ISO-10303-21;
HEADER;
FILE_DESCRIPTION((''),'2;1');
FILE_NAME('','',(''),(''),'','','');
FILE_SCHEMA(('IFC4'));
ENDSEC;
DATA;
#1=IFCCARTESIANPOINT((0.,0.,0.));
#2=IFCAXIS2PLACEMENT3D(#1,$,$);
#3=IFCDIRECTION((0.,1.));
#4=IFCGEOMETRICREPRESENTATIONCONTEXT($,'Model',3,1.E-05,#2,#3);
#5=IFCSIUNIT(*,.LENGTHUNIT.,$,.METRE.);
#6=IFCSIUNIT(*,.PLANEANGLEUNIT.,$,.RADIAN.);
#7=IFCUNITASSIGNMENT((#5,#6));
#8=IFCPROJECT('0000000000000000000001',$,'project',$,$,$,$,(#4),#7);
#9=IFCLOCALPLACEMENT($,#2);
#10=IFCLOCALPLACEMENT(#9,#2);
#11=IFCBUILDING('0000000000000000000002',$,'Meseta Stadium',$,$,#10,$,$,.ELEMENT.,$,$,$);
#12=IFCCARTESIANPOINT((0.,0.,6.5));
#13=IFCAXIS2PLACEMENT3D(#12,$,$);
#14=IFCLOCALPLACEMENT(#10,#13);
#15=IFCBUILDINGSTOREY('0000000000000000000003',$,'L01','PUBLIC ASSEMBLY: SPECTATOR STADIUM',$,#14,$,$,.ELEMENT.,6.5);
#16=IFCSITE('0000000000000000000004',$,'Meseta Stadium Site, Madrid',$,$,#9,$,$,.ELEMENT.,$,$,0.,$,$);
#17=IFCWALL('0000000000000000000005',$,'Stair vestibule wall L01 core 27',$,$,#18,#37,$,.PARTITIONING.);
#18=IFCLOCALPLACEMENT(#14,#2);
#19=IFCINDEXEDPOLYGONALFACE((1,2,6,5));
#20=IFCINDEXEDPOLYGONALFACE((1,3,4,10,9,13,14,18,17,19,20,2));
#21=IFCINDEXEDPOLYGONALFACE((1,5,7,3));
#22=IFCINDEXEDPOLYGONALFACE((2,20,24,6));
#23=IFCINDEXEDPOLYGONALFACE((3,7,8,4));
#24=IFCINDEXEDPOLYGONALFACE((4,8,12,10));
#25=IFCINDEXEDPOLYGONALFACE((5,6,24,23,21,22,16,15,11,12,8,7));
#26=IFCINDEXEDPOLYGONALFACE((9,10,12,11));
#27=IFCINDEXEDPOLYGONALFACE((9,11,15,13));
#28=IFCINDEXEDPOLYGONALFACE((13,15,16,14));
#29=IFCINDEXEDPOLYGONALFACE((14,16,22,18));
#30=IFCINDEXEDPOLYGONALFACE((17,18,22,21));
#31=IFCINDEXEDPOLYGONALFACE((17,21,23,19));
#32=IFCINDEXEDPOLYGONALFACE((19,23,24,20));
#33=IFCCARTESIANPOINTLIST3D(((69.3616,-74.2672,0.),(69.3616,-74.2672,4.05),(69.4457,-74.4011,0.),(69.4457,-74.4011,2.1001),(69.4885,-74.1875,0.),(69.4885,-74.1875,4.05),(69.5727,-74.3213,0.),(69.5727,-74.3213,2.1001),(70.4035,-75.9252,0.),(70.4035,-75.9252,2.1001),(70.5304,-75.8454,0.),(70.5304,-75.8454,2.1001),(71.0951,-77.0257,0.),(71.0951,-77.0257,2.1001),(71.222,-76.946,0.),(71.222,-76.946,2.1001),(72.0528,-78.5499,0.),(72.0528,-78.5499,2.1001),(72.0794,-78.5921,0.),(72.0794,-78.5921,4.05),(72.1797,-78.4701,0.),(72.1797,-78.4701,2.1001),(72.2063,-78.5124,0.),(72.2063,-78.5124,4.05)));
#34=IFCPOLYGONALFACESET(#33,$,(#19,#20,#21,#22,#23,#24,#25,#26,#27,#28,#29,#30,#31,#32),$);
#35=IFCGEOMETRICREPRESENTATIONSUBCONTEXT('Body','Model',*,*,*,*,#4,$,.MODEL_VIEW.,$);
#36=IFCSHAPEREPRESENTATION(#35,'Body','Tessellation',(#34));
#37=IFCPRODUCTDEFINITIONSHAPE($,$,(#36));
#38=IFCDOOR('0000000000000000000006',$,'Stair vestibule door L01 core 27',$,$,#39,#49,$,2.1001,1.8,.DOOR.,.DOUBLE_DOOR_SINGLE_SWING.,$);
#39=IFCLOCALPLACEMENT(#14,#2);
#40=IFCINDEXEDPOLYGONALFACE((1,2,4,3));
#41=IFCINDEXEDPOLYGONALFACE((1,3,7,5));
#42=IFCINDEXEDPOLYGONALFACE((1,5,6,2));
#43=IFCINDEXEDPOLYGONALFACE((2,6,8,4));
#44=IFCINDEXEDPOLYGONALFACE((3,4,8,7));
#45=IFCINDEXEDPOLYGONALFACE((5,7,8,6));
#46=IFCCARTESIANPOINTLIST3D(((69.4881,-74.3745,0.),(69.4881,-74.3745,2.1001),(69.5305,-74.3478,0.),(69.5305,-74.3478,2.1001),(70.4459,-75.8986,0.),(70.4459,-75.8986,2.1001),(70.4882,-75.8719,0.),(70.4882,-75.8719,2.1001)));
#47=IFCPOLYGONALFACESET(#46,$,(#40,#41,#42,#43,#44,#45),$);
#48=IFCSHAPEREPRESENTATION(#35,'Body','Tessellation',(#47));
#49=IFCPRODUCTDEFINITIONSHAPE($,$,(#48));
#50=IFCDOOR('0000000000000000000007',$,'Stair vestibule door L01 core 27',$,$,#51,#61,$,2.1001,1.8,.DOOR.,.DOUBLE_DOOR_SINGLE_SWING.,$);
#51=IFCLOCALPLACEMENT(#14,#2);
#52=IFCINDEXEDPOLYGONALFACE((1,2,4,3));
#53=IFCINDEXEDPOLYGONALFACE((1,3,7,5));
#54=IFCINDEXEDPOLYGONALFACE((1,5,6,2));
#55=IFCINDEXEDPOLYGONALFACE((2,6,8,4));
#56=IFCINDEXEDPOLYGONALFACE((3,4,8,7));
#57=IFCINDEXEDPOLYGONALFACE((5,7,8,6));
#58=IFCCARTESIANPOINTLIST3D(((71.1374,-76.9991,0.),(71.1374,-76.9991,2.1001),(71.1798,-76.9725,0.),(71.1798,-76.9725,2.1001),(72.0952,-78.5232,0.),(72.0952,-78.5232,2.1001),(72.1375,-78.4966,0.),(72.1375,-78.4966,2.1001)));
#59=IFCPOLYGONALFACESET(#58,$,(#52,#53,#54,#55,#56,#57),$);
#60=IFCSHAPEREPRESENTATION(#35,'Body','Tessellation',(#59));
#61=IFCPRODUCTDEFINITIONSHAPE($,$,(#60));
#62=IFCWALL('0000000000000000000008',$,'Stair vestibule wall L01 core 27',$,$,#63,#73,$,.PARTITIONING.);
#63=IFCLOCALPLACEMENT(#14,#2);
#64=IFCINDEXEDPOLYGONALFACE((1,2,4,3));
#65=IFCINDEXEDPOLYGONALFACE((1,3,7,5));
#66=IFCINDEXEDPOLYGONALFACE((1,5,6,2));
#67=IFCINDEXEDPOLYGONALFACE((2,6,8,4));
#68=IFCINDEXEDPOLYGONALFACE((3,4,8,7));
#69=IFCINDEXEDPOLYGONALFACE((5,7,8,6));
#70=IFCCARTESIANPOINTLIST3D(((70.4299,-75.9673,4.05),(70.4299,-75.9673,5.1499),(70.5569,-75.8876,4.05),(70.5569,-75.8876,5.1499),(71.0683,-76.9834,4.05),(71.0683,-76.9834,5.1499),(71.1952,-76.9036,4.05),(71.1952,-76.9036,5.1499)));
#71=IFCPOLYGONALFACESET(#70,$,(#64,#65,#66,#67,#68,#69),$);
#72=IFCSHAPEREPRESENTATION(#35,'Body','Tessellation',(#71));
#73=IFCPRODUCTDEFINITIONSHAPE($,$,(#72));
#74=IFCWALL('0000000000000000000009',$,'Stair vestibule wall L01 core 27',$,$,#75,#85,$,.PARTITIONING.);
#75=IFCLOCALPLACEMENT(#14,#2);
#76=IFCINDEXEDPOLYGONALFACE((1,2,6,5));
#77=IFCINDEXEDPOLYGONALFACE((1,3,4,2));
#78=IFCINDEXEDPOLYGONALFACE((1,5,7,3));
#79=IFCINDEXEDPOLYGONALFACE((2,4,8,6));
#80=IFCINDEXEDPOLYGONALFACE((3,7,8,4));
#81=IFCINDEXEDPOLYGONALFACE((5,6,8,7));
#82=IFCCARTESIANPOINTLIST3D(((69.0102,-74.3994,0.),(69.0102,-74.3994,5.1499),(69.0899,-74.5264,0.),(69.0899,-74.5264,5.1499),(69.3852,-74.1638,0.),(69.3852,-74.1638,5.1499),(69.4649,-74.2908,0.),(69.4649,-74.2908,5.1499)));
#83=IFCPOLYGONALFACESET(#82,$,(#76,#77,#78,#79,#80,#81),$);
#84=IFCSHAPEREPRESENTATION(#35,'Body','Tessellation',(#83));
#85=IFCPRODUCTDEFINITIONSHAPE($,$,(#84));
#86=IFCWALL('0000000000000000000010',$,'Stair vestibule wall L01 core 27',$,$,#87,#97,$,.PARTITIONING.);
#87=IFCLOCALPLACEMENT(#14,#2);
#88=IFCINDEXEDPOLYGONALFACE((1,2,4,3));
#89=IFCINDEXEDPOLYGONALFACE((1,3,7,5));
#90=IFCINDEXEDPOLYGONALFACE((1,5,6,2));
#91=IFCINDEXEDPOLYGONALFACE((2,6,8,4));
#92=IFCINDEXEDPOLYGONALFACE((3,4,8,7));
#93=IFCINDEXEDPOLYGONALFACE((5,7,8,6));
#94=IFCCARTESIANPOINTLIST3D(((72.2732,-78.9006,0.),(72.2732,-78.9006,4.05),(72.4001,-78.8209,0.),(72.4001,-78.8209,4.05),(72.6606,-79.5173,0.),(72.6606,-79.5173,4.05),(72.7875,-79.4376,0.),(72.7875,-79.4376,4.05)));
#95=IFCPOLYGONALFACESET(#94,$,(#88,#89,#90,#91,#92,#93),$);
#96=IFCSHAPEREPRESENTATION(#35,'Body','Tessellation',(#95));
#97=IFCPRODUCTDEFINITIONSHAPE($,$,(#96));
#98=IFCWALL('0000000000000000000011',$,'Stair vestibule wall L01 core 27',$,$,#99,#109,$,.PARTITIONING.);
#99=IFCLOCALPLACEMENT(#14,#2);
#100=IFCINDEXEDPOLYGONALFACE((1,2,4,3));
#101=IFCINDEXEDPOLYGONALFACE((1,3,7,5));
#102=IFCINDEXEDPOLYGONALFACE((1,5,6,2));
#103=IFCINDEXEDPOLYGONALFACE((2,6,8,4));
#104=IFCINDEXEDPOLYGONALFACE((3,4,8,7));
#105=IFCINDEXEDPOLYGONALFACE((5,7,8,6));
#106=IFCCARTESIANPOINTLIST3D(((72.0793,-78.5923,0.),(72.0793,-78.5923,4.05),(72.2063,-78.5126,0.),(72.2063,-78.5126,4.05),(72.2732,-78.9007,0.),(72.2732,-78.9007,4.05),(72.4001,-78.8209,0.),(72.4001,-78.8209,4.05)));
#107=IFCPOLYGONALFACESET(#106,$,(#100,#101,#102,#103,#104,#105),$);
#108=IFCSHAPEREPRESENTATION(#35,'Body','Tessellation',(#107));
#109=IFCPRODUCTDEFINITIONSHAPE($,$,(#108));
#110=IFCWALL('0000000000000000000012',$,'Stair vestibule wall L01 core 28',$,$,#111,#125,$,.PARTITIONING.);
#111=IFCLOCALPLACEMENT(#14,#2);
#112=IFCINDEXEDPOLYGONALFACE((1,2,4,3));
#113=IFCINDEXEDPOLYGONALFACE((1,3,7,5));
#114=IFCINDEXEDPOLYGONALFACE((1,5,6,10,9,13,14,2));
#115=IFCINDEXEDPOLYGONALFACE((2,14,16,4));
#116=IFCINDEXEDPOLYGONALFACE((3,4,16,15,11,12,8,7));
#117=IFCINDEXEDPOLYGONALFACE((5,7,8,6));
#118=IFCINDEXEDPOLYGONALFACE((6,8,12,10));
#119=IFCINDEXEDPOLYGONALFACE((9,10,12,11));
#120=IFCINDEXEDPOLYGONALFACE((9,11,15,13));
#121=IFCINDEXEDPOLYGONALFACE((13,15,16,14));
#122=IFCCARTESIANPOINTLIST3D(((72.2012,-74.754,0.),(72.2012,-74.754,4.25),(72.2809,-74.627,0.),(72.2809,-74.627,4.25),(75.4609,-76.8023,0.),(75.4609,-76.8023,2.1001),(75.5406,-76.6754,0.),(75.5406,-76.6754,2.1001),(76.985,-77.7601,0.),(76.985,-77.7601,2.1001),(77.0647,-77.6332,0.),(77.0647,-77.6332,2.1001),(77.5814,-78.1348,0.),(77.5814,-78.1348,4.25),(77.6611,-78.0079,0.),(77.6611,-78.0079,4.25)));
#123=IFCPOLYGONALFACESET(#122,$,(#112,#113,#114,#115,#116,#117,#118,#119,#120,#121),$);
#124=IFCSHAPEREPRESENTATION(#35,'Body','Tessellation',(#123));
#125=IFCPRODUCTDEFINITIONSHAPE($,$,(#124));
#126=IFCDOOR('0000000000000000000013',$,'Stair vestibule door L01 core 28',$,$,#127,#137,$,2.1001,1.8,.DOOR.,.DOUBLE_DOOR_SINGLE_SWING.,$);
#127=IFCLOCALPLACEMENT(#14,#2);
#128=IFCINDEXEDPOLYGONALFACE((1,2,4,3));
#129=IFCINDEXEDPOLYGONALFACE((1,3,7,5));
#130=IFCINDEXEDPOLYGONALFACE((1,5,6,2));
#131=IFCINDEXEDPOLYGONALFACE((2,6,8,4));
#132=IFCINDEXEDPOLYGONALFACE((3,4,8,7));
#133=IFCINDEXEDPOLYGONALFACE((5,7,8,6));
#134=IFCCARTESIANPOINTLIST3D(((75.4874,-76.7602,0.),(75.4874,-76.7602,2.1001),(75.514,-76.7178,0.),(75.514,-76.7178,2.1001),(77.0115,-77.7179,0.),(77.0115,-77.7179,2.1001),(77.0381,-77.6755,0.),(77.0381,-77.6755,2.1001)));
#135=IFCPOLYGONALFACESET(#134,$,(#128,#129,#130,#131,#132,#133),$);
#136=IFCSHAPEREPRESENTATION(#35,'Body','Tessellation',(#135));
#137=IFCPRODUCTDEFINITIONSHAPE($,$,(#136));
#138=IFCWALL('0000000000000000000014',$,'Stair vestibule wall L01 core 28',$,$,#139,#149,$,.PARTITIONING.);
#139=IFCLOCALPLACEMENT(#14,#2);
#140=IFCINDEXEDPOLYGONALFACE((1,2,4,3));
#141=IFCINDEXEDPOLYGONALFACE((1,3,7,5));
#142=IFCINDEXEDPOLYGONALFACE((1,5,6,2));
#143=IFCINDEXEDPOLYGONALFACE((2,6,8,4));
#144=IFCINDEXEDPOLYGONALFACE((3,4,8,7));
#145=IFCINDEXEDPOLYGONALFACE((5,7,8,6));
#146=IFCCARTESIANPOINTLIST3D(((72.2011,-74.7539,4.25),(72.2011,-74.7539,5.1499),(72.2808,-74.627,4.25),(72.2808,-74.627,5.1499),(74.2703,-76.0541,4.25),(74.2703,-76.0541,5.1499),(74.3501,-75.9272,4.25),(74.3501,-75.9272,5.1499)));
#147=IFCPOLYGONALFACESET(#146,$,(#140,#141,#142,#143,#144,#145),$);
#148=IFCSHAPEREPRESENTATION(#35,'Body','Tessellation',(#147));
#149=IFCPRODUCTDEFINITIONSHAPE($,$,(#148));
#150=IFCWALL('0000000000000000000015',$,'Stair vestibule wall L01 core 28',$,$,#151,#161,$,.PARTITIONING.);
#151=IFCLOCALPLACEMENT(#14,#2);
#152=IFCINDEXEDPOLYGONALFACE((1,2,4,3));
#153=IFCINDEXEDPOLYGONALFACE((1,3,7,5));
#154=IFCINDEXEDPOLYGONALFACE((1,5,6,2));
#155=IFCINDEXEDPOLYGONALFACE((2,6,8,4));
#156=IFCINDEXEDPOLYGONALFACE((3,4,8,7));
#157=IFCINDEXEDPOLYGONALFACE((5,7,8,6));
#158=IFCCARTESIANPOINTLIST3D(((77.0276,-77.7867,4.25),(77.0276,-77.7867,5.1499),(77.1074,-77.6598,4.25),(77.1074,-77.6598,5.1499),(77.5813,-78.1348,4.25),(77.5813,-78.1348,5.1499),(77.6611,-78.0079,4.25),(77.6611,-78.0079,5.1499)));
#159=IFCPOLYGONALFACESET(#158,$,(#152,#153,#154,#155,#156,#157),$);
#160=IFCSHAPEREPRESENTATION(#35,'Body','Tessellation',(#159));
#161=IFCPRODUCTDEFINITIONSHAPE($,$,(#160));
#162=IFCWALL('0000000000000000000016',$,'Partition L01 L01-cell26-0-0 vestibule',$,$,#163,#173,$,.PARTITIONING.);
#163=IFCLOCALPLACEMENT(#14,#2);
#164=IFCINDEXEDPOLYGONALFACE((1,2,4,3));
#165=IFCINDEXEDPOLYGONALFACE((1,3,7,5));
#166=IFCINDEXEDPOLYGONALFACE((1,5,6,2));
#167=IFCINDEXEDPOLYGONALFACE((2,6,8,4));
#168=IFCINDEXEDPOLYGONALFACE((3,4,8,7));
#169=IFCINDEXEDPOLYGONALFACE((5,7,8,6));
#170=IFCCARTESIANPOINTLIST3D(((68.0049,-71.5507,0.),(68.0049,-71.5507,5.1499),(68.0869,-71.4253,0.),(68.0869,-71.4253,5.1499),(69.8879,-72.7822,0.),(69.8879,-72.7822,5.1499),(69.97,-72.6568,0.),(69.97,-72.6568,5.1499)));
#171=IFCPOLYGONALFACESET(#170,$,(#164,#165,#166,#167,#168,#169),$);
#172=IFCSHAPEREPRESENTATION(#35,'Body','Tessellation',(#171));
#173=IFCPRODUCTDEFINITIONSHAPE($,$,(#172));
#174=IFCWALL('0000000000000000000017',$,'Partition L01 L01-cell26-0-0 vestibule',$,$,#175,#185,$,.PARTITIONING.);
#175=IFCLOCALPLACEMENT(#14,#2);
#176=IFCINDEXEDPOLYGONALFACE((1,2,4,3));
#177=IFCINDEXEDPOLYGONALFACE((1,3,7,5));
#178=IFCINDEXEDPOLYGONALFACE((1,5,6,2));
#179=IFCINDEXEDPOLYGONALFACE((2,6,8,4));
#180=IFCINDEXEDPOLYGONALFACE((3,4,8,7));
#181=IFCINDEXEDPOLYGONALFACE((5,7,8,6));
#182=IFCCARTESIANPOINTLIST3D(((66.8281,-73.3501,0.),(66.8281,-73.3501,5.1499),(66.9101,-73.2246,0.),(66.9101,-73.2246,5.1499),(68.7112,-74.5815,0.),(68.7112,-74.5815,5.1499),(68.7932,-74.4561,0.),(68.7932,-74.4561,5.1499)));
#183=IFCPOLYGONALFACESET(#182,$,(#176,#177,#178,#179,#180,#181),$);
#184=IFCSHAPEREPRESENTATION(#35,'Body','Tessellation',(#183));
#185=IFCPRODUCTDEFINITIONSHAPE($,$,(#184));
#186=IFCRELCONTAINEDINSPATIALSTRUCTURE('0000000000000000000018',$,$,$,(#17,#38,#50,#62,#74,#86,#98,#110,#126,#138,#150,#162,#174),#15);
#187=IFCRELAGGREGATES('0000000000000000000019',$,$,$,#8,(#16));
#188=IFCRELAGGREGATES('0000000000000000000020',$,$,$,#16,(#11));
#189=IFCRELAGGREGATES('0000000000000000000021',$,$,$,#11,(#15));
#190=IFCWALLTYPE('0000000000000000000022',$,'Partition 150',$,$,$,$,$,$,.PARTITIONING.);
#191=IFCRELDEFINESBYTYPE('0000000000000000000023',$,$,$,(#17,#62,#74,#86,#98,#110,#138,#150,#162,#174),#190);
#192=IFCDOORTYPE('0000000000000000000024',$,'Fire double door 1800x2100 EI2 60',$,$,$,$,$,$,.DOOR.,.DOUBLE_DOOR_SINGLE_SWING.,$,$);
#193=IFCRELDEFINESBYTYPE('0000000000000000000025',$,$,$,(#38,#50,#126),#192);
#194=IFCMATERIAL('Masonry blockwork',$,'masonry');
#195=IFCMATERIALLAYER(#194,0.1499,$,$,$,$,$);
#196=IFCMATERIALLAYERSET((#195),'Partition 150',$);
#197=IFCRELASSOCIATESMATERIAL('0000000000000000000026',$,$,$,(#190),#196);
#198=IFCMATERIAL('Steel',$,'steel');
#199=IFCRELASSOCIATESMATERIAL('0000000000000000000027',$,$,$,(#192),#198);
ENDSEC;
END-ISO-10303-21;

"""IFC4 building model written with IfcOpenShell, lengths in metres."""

from ifc_helpers import new_model, si_unit, direction, frame, frame_2d, origin, place, context, subcontext, project, spatial, rectangle, extrude, material, layer, layer_set, type_object, element, fill, save


model = new_model("IFC4")

# Units and contexts
model_context = context("Model", 3, precision=1e-05, world=origin(), true_north=direction((0.0, 1.0)))
body_context = subcontext(model_context, "Body", "Model", "MODEL_VIEW")
ifc_project = project(units=[si_unit("LENGTHUNIT", "METRE"), si_unit("PLANEANGLEUNIT", "RADIAN")], contexts=[model_context])

# Site, building, storey
site_placement = place(None, origin())
site = spatial("IfcSite", under=ifc_project, at=site_placement, Name="Meseta Stadium Site, Madrid", CompositionType="ELEMENT", RefElevation=0.0)
building_placement = place(site_placement, origin())
building = spatial("IfcBuilding", under=site, at=building_placement, Name="Meseta Stadium", CompositionType="ELEMENT")
storey_placement = place(building_placement, frame((0.0, 0.0, 6.5)))
storey = spatial("IfcBuildingStorey", under=building, at=storey_placement, Name="L01", Description="PUBLIC ASSEMBLY: SPECTATOR STADIUM", CompositionType="ELEMENT", Elevation=6.5)

# Shared definitions
ifc_material_1 = material(Name="Masonry blockwork", Category="masonry")
ifc_layer = layer(ifc_material_1, 0.1499)
ifc_layer_set = layer_set([ifc_layer], Name="Partition 150")
wall_type = type_object("IfcWallType", Name="Partition 150", PredefinedType="PARTITIONING", material=ifc_layer_set)

# Wall, openings, doors
wall_1_placement = place(storey_placement, frame((72.1428, -78.5522, 0.0), z_axis=(0.0, 0.0, 1.0), x_axis=(-0.532064, 0.846704, 0.0)))
wall_1 = element("IfcWall", 1, at=wall_1_placement, inside=storey, type_object=wall_type, Name="Stair vestibule wall L01 core 27", PredefinedType="PARTITIONING", context=body_context, shape_type="SweptSolid", body=[
    extrude(rectangle(XDim=5.1079, YDim=0.1499, at=frame_2d((2.554, 0.0))), origin(), (0.0, 0.0, 1.0), 4.05),
])
opening_1_placement = place(wall_1_placement, frame((3.1499, 0.0, 0.0)))
opening_1 = element("IfcOpeningElement", 2, at=opening_1_placement, cuts=wall_1, PredefinedType="OPENING", context=body_context, shape_type="SweptSolid", body=[
    extrude(rectangle(XDim=1.8, YDim=2.1001, at=frame_2d((0.8999, 1.05))), frame((0.0, 0.085, 0.0), z_axis=(0.0, -1.0, 0.0), x_axis=(1.0, 0.0, 0.0)), (0.0, 0.0, 1.0), 0.1699),
])
opening_2_placement = place(wall_1_placement, frame((0.05, 0.0, 0.0)))
opening_2 = element("IfcOpeningElement", 3, at=opening_2_placement, cuts=wall_1, PredefinedType="OPENING", context=body_context, shape_type="SweptSolid", body=[
    extrude(rectangle(XDim=1.8, YDim=2.1001, at=frame_2d((0.8999, 1.05))), frame((0.0, 0.085, 0.0), z_axis=(0.0, -1.0, 0.0), x_axis=(1.0, 0.0, 0.0)), (0.0, 0.0, 1.0), 0.1699),
])
ifc_material_2 = material(Name="Steel", Category="steel")
door_type = type_object("IfcDoorType", Name="Fire double door 1800x2100 EI2 60", OperationType="DOUBLE_DOOR_SINGLE_SWING", PredefinedType="DOOR", material=ifc_material_2)
door_1_placement = place(opening_1_placement, origin())
door_1 = element("IfcDoor", 4, at=door_1_placement, inside=storey, type_object=door_type, Name="Stair vestibule door L01 core 27", OperationType="DOUBLE_DOOR_SINGLE_SWING", OverallHeight=2.1001, OverallWidth=1.8, PredefinedType="DOOR", context=body_context, shape_type="SweptSolid", body=[
    extrude(rectangle(XDim=1.8, YDim=2.1001, at=frame_2d((0.8999, 1.05))), frame((0.0, 0.0249, 0.0), z_axis=(0.0, -1.0, 0.0), x_axis=(1.0, 0.0, 0.0)), (0.0, 0.0, 1.0), 0.05),
])
fill(opening_1, door_1)
door_2_placement = place(opening_2_placement, origin())
door_2 = element("IfcDoor", 5, at=door_2_placement, inside=storey, type_object=door_type, Name="Stair vestibule door L01 core 27", OperationType="DOUBLE_DOOR_SINGLE_SWING", OverallHeight=2.1001, OverallWidth=1.8, PredefinedType="DOOR", context=body_context, shape_type="SweptSolid", body=[
    extrude(rectangle(XDim=1.8, YDim=2.1001, at=frame_2d((0.8999, 1.05))), frame((0.0, 0.0249, 0.0), z_axis=(0.0, -1.0, 0.0), x_axis=(1.0, 0.0, 0.0)), (0.0, 0.0, 1.0), 0.05),
])
fill(opening_2, door_2)

# Walls
wall_2_placement = place(storey_placement, frame((71.1318, -76.9436, 4.05), z_axis=(0.0, 0.0, 1.0), x_axis=(-0.532009, 0.846739, 0.0)))
element("IfcWall", 6, at=wall_2_placement, inside=storey, type_object=wall_type, Name="Stair vestibule wall L01 core 27", PredefinedType="PARTITIONING", context=body_context, shape_type="SweptSolid", body=[
    extrude(rectangle(XDim=1.2, YDim=0.1499, at=frame_2d((0.6001, 0.0))), origin(), (0.0, 0.0, 1.0), 1.0999),
])
wall_3_placement = place(storey_placement, frame((69.425, -74.2273, 0.0), z_axis=(0.0, 0.0, 1.0), x_axis=(-0.846757, -0.53198, 0.0)))
element("IfcWall", 7, at=wall_3_placement, inside=storey, type_object=wall_type, Name="Stair vestibule wall L01 core 27", PredefinedType="PARTITIONING", context=body_context, shape_type="SweptSolid", body=[
    extrude(rectangle(XDim=0.4429, YDim=0.1499, at=frame_2d((0.2214, 0.0))), origin(), (0.0, 0.0, 1.0), 5.1499),
])
wall_4_placement = place(storey_placement, frame((72.7241, -79.4775, 0.0), z_axis=(0.0, 0.0, 1.0), x_axis=(-0.531986, 0.846753, 0.0)))
element("IfcWall", 8, at=wall_4_placement, inside=storey, type_object=wall_type, Name="Stair vestibule wall L01 core 27", PredefinedType="PARTITIONING", context=body_context, shape_type="SweptSolid", body=[
    extrude(rectangle(XDim=0.7283, YDim=0.1499, at=frame_2d((0.3643, 0.0))), origin(), (0.0, 0.0, 1.0), 4.05),
])
wall_5_placement = place(storey_placement, frame((72.3367, -78.8608, 0.0), z_axis=(0.0, 0.0, 1.0), x_axis=(-0.532226, 0.846602, 0.0)))
element("IfcWall", 9, at=wall_5_placement, inside=storey, type_object=wall_type, Name="Stair vestibule wall L01 core 27", PredefinedType="PARTITIONING", context=body_context, shape_type="SweptSolid", body=[
    extrude(rectangle(XDim=0.3643, YDim=0.1499, at=frame_2d((0.1821, 0.0))), origin(), (0.0, 0.0, 1.0), 4.05),
])

# Wall, opening, door
wall_6_placement = place(storey_placement, frame((72.241, -74.6904, 0.0), z_axis=(0.0, 0.0, 1.0), x_axis=(0.846703, -0.532066, 0.0)))
wall_6 = element("IfcWall", 10, at=wall_6_placement, inside=storey, type_object=wall_type, Name="Stair vestibule wall L01 core 28", PredefinedType="PARTITIONING", context=body_context, shape_type="SweptSolid", body=[
    extrude(rectangle(XDim=6.3542, YDim=0.1499, at=frame_2d((3.1772, 0.0))), origin(), (0.0, 0.0, 1.0), 4.25),
])
opening_3_placement = place(wall_6_placement, frame((3.8501, 0.0, 0.0)))
opening_3 = element("IfcOpeningElement", 11, at=opening_3_placement, cuts=wall_6, PredefinedType="OPENING", context=body_context, shape_type="SweptSolid", body=[
    extrude(rectangle(XDim=1.8, YDim=2.1001, at=frame_2d((0.8999, 1.05))), frame((0.0, 0.085, 0.0), z_axis=(0.0, -1.0, 0.0), x_axis=(1.0, 0.0, 0.0)), (0.0, 0.0, 1.0), 0.1699),
])
door_3_placement = place(opening_3_placement, origin())
door_3 = element("IfcDoor", 12, at=door_3_placement, inside=storey, type_object=door_type, Name="Stair vestibule door L01 core 28", OperationType="DOUBLE_DOOR_SINGLE_SWING", OverallHeight=2.1001, OverallWidth=1.8, PredefinedType="DOOR", context=body_context, shape_type="SweptSolid", body=[
    extrude(rectangle(XDim=1.8, YDim=2.1001, at=frame_2d((0.8999, 1.05))), frame((0.0, 0.0249, 0.0), z_axis=(0.0, -1.0, 0.0), x_axis=(1.0, 0.0, 0.0)), (0.0, 0.0, 1.0), 0.05),
])
fill(opening_3, door_3)

# Walls
wall_7_placement = place(storey_placement, frame((72.241, -74.6904, 4.25), z_axis=(0.0, 0.0, 1.0), x_axis=(0.846716, -0.532045, 0.0)))
element("IfcWall", 13, at=wall_7_placement, inside=storey, type_object=wall_type, Name="Stair vestibule wall L01 core 28", PredefinedType="PARTITIONING", context=body_context, shape_type="SweptSolid", body=[
    extrude(rectangle(XDim=2.4438, YDim=0.1499, at=frame_2d((1.2219, 0.0))), origin(), (0.0, 0.0, 1.0), 0.8999),
])
wall_8_placement = place(storey_placement, frame((77.0674, -77.7231, 4.25), z_axis=(0.0, 0.0, 1.0), x_axis=(0.846569, -0.532279, 0.0)))
element("IfcWall", 14, at=wall_8_placement, inside=storey, type_object=wall_type, Name="Stair vestibule wall L01 core 28", PredefinedType="PARTITIONING", context=body_context, shape_type="SweptSolid", body=[
    extrude(rectangle(XDim=0.6541, YDim=0.1499, at=frame_2d((0.3271, 0.0))), origin(), (0.0, 0.0, 1.0), 0.8999),
])
for number, where, z_axis, x_axis, name in (
    (15, (69.929, -72.7195, 0.0), (0.0, 0.0, 1.0), (-0.836926, 0.547317, 0.0), "Partition L01 L01-cell26-0-0 vestibule"),
    (16, (68.7522, -74.5188, 0.0), (0.0, 0.0, 1.0), (-0.836926, 0.547317, 0.0), "Partition L01 L01-cell26-0-0 vestibule"),
):
    element("IfcWall", number, at=place(storey_placement, frame(where, z_axis=z_axis, x_axis=x_axis)), inside=storey, type_object=wall_type, Name=name, PredefinedType="PARTITIONING", context=body_context, shape_type="SweptSolid", body=[
        extrude(rectangle(XDim=2.25, YDim=0.1499, at=frame_2d((1.125, 0.0))), origin(), (0.0, 0.0, 1.0), 5.1499),
    ])

save(model, "model.ifc")
